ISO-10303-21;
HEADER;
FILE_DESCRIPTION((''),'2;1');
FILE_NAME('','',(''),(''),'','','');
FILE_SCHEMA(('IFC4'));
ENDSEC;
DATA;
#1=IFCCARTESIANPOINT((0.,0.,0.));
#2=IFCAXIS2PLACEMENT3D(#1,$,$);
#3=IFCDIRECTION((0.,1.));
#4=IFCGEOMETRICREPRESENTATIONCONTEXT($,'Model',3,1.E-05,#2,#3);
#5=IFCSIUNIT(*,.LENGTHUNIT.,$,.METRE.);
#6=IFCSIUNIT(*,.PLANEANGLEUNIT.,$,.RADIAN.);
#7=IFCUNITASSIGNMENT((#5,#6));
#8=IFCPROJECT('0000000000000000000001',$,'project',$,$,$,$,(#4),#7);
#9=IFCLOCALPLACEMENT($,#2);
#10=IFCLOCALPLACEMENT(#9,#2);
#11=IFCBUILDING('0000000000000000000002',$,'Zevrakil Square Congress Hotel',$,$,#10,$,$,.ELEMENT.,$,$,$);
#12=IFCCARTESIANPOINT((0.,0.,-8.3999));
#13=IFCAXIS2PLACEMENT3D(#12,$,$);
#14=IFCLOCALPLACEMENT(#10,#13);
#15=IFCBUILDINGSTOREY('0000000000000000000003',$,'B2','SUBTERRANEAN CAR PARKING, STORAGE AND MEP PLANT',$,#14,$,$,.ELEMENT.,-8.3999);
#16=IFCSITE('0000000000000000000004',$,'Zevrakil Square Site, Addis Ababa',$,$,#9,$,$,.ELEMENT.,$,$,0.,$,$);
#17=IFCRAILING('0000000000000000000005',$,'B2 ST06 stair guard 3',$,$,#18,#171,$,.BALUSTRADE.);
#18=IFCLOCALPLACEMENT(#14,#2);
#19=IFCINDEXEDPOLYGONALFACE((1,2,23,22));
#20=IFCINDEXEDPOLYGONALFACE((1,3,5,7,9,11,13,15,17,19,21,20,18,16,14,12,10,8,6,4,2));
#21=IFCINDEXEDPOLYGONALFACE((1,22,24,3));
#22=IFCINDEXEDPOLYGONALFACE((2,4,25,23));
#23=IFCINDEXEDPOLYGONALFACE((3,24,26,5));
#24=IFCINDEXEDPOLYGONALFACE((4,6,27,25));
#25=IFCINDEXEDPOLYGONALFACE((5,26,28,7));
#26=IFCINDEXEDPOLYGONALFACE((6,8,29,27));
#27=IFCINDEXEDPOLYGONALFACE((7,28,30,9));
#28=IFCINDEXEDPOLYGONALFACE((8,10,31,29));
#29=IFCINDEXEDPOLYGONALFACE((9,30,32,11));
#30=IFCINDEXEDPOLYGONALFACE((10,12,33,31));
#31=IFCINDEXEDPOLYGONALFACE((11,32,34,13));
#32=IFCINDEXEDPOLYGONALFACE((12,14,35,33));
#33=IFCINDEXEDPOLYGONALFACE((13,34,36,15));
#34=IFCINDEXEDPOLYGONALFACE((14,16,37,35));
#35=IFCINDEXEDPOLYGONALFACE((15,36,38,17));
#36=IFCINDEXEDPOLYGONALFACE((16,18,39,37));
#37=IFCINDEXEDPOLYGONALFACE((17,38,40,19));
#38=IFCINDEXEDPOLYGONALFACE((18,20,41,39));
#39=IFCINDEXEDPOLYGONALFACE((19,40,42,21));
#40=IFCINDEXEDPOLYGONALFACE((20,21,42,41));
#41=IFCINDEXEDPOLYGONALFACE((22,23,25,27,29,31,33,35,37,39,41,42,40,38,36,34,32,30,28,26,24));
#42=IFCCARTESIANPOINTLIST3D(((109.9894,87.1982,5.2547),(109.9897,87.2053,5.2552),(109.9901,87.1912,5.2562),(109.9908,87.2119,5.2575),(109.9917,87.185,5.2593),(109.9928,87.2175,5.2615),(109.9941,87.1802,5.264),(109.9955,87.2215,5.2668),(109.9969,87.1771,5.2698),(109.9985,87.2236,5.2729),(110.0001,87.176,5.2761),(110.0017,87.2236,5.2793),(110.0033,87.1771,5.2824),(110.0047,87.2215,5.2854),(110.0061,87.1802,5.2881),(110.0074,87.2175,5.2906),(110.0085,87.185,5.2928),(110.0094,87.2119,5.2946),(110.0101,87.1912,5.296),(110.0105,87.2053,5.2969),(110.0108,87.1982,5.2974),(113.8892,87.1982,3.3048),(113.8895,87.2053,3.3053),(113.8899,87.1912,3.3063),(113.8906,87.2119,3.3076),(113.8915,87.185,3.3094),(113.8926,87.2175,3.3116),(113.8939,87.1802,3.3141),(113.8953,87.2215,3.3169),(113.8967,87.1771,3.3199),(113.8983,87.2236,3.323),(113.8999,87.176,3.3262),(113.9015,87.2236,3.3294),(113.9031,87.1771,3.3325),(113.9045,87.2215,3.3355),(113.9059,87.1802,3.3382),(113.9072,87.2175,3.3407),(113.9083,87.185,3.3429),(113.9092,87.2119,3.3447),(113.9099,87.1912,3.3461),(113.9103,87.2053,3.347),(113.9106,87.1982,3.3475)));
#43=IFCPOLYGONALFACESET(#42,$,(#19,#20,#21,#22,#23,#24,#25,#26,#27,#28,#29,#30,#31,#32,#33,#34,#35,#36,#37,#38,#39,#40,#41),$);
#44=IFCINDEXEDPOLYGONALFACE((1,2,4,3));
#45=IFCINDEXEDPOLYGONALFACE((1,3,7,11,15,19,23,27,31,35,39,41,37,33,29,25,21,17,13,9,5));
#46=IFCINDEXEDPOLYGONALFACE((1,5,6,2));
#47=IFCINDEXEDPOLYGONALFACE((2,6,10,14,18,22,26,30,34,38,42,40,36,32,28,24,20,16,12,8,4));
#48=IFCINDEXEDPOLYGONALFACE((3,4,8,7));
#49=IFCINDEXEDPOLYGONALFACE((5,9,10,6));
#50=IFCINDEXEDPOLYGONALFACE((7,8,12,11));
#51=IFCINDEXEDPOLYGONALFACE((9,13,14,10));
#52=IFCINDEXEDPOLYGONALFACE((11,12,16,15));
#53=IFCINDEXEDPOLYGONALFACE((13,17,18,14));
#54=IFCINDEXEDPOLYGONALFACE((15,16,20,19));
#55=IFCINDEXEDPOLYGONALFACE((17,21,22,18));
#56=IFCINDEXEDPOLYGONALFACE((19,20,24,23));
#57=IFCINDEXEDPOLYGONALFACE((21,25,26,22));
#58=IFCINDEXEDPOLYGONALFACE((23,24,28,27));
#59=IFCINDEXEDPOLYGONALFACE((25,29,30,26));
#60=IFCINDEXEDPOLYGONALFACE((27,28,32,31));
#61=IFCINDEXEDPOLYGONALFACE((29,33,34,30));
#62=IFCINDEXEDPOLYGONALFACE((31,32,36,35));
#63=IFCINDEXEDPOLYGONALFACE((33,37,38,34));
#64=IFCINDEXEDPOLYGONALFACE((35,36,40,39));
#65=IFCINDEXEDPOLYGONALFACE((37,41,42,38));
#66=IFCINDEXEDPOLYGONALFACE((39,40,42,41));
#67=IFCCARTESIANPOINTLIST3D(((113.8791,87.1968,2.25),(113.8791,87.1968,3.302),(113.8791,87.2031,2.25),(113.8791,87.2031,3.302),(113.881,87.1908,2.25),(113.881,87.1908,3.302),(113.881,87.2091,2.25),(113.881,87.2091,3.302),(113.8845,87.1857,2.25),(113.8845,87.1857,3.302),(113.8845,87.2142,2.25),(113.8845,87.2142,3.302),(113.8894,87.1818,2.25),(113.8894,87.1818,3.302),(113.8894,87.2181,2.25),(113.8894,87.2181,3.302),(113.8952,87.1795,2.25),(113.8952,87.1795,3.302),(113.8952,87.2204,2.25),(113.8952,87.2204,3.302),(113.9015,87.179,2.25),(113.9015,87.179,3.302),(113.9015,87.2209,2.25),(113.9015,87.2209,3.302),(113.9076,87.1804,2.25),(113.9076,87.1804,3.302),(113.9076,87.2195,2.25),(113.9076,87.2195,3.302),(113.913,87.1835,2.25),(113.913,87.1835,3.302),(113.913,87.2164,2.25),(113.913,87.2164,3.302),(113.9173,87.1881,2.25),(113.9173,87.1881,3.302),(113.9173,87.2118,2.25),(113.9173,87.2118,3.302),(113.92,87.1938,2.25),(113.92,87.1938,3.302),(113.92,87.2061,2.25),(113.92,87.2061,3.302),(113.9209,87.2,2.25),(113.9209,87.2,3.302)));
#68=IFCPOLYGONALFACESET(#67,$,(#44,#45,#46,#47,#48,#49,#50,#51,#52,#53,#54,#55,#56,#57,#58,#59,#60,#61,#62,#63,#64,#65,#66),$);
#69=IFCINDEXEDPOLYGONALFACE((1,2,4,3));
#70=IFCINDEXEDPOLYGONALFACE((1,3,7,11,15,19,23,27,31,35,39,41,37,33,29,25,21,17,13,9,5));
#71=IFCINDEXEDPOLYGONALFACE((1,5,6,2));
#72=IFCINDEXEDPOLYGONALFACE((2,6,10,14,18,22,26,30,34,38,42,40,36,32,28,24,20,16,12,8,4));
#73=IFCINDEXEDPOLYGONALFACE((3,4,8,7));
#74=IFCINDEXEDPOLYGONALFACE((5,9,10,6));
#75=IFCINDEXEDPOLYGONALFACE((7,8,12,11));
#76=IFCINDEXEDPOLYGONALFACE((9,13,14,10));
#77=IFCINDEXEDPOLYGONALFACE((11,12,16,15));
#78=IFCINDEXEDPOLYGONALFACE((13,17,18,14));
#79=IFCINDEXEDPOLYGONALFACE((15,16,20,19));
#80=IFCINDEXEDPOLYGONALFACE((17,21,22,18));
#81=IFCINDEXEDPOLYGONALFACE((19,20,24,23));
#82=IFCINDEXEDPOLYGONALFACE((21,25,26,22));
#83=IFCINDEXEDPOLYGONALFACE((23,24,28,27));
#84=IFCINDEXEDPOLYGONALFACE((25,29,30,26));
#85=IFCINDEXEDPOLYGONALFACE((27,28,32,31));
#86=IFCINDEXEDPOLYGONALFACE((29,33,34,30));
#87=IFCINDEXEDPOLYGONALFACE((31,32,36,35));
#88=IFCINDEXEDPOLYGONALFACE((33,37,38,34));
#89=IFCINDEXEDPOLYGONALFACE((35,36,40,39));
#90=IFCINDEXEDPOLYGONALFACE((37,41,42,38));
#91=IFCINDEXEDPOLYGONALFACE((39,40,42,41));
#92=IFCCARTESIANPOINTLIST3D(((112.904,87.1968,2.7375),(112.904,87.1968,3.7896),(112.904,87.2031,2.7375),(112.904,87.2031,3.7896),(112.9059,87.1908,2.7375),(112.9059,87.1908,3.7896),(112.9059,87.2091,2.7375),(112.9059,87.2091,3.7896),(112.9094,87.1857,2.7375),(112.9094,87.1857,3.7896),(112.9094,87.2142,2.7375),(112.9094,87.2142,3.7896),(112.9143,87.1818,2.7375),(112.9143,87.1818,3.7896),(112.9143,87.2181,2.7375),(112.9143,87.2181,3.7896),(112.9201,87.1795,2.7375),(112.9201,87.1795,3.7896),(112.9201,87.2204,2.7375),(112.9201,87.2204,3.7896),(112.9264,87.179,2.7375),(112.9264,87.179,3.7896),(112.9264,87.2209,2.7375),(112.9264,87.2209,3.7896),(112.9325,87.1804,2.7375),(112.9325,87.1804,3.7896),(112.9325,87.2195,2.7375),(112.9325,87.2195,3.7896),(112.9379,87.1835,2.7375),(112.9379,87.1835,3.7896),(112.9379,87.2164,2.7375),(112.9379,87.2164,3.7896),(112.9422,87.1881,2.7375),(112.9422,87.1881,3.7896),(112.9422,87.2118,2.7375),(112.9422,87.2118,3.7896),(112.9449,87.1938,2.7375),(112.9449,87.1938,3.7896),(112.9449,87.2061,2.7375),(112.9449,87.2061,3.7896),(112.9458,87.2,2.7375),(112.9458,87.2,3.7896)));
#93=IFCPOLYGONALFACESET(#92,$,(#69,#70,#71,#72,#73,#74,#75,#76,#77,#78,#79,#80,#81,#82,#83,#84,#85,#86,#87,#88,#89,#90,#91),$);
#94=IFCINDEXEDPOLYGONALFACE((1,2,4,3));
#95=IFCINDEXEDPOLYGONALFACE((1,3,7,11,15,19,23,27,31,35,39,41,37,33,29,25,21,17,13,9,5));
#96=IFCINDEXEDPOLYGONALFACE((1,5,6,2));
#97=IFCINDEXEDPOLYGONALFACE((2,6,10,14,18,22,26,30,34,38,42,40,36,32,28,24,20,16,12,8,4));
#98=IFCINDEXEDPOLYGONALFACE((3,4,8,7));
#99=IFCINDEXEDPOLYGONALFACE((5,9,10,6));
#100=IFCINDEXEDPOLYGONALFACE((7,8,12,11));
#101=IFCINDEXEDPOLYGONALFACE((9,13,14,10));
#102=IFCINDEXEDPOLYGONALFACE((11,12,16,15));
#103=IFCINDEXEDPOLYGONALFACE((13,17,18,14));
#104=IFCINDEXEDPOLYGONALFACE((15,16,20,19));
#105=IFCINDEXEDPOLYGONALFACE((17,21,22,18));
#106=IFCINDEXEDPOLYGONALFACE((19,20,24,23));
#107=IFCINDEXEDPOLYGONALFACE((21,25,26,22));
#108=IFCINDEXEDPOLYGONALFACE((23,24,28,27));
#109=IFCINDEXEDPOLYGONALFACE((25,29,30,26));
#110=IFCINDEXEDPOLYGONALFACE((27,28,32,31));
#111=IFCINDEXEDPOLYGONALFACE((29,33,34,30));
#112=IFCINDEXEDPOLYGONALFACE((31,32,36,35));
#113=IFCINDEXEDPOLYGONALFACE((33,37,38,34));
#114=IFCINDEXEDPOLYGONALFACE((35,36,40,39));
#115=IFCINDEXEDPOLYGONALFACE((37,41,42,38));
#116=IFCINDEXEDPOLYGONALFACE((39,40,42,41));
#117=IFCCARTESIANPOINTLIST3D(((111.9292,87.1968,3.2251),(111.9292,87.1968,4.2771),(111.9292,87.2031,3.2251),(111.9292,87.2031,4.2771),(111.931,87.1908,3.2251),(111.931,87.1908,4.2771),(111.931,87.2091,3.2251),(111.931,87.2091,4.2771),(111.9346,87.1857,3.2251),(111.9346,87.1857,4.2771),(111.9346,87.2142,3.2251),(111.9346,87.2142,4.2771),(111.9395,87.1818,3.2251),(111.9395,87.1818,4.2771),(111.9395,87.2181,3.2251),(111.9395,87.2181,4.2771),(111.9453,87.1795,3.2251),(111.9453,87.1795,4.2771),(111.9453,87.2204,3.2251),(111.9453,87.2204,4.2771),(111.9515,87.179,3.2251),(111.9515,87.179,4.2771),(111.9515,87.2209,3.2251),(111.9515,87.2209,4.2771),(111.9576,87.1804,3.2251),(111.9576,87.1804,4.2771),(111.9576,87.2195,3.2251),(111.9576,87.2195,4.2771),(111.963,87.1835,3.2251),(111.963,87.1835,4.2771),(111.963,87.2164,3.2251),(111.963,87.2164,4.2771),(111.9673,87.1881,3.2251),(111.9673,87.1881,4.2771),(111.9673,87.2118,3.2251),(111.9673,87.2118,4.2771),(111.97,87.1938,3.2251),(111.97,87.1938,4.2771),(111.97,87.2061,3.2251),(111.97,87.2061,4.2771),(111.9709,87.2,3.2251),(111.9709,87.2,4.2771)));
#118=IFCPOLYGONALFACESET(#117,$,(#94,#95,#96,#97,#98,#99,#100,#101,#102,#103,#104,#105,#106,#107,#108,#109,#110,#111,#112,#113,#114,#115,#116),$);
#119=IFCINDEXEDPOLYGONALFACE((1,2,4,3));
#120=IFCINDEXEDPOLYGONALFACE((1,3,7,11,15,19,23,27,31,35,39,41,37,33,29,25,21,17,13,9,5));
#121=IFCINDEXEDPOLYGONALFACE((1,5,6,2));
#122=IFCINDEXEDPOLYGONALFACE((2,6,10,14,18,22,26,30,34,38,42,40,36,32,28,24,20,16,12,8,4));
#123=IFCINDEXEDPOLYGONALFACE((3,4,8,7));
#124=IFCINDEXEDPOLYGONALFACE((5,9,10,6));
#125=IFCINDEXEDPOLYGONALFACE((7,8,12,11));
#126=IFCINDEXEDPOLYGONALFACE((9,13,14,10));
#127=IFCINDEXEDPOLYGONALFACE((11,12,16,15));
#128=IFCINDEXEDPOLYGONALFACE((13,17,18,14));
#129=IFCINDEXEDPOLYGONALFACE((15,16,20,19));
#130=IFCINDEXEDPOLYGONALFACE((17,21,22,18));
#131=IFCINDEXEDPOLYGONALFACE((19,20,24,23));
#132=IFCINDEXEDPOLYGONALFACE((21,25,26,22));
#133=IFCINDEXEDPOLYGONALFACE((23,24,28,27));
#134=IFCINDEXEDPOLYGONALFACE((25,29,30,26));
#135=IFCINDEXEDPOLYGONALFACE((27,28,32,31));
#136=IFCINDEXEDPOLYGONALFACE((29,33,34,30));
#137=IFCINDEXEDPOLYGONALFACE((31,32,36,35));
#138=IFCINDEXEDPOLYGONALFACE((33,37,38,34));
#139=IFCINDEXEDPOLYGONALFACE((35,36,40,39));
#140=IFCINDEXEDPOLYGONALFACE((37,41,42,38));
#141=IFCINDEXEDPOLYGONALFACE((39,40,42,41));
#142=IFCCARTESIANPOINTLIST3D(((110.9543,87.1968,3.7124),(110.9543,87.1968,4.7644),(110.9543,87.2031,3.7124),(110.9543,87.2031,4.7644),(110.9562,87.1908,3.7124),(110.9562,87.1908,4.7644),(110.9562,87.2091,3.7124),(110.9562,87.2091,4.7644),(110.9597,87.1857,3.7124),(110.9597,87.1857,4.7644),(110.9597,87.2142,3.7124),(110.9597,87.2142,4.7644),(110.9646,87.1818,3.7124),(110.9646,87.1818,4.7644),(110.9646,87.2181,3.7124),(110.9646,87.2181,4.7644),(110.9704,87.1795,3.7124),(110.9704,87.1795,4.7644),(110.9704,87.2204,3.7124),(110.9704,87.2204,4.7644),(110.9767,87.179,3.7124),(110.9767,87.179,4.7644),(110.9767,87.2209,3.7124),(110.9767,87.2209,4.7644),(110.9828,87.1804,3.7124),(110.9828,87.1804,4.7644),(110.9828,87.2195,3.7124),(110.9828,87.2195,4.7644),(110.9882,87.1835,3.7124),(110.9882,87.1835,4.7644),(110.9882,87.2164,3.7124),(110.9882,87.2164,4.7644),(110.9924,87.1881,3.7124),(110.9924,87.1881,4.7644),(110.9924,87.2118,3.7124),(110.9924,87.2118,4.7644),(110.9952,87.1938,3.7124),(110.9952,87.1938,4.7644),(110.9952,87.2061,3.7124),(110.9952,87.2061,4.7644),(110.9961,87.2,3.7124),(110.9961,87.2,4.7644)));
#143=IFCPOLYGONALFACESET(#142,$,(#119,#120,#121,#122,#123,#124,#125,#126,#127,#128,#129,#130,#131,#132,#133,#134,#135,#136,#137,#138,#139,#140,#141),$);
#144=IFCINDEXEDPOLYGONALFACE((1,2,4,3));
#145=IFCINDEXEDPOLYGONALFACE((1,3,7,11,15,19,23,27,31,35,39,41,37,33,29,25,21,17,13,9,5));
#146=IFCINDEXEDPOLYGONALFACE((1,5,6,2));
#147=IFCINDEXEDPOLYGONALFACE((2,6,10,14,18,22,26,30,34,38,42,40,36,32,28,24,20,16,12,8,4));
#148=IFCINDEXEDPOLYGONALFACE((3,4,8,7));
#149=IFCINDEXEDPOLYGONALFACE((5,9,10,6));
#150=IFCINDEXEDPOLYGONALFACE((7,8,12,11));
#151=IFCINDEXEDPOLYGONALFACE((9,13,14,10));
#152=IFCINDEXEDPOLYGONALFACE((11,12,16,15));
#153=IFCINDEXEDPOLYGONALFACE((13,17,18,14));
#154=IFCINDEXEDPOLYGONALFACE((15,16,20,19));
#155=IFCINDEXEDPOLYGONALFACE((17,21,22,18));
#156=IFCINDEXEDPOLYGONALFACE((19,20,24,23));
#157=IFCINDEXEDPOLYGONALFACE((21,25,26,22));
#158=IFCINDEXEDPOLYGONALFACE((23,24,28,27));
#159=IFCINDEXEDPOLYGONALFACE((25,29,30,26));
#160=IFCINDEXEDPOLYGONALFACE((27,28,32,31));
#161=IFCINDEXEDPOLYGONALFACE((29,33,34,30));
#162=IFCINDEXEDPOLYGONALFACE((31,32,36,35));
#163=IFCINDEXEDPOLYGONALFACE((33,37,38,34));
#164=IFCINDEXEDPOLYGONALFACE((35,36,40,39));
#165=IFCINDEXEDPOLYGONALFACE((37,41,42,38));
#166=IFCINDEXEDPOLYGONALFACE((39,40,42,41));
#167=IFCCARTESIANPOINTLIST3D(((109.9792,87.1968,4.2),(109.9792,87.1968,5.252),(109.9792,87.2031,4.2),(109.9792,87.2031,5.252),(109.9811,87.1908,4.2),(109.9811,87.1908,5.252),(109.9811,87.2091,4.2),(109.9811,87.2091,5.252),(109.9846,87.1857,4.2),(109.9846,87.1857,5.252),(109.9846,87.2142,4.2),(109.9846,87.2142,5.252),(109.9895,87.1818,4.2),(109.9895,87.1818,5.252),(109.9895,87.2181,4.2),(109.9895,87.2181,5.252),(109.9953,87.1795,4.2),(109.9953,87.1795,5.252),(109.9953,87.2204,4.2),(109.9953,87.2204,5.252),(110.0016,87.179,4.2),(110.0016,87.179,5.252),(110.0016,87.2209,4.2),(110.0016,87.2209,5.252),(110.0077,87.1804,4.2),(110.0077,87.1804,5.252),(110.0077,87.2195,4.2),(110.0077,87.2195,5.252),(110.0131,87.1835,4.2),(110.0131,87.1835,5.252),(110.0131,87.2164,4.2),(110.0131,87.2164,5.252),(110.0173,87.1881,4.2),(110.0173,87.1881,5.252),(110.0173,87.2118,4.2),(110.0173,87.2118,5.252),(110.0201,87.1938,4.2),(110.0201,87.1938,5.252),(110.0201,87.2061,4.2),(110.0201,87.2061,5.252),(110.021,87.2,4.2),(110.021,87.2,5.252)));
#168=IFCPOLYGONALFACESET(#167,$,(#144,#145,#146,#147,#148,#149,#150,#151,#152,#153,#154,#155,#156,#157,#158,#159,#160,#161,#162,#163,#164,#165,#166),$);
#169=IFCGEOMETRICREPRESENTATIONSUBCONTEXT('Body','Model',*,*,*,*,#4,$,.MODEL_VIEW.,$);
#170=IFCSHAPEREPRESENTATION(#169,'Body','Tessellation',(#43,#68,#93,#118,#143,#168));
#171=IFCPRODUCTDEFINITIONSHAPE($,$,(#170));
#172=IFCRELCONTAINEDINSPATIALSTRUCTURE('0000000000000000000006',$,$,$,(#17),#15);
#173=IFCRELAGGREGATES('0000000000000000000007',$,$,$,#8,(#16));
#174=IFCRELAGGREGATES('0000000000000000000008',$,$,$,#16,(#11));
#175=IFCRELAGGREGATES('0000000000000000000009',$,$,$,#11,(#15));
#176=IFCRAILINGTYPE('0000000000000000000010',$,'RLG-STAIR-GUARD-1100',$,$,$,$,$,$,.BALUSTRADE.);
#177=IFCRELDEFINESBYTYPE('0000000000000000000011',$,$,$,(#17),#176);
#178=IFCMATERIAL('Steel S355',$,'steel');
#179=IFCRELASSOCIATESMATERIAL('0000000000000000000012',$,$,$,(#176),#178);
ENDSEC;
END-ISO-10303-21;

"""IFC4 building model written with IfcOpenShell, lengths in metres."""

from ifc_helpers import new_model, si_unit, direction, frame, origin, origin_2d, place, context, subcontext, project, spatial, circle, extrude, material, type_object, element, save


model = new_model("IFC4")

# Units and contexts
model_context = context("Model", 3, precision=1e-05, world=origin(), true_north=direction((0.0, 1.0)))
body_context = subcontext(model_context, "Body", "Model", "MODEL_VIEW")
ifc_project = project(units=[si_unit("LENGTHUNIT", "METRE"), si_unit("PLANEANGLEUNIT", "RADIAN")], contexts=[model_context])

# Site, building, storey
site_placement = place(None, origin())
site = spatial("IfcSite", under=ifc_project, at=site_placement, Name="Zevrakil Square Site, Addis Ababa", CompositionType="ELEMENT", RefElevation=0.0)
building_placement = place(site_placement, origin())
building = spatial("IfcBuilding", under=site, at=building_placement, Name="Zevrakil Square Congress Hotel", CompositionType="ELEMENT")
storey_placement = place(building_placement, frame((0.0, 0.0, -8.3999)))
storey = spatial("IfcBuildingStorey", under=building, at=storey_placement, Name="B2", Description="SUBTERRANEAN CAR PARKING, STORAGE AND MEP PLANT", CompositionType="ELEMENT", Elevation=-8.3999)

# Railing
ifc_material_1 = material(Name="Steel S355", Category="steel")
railing_type_1 = type_object("IfcRailingType", Name="RLG-STAIR-GUARD-1100", PredefinedType="BALUSTRADE", material=ifc_material_1)
railing_1_placement = place(storey_placement, frame((113.8999, 87.2, 2.25)))
element("IfcRailing", 1, at=railing_1_placement, inside=storey, type_object=railing_type_1, Name="B2 ST06 stair guard 3", PredefinedType="BALUSTRADE", context=body_context, shape_type="SweptSolid", body=[
    extrude(circle(Radius=0.0239, at=origin_2d()), frame((0.0, 0.0, 1.0762), z_axis=(-0.894427, 0.0, 0.447214), x_axis=(0.0, -1.0, 0.0)), (0.0, 0.0, 1.0), 4.3601),
    extrude(circle(Radius=0.021, at=origin_2d()), origin(), (0.0, 0.0, 1.0), 1.052),
    extrude(circle(Radius=0.021, at=origin_2d()), frame((-0.9751, 0.0, 0.4875)), (0.0, 0.0, 1.0), 1.052),
    extrude(circle(Radius=0.021, at=origin_2d()), frame((-1.95, 0.0, 0.9751)), (0.0, 0.0, 1.0), 1.052),
    extrude(circle(Radius=0.021, at=origin_2d()), frame((-2.9248, 0.0, 1.4624)), (0.0, 0.0, 1.0), 1.052),
    extrude(circle(Radius=0.021, at=origin_2d()), frame((-3.8999, 0.0, 1.95)), (0.0, 0.0, 1.0), 1.052),
])

save(model, "model.ifc")
